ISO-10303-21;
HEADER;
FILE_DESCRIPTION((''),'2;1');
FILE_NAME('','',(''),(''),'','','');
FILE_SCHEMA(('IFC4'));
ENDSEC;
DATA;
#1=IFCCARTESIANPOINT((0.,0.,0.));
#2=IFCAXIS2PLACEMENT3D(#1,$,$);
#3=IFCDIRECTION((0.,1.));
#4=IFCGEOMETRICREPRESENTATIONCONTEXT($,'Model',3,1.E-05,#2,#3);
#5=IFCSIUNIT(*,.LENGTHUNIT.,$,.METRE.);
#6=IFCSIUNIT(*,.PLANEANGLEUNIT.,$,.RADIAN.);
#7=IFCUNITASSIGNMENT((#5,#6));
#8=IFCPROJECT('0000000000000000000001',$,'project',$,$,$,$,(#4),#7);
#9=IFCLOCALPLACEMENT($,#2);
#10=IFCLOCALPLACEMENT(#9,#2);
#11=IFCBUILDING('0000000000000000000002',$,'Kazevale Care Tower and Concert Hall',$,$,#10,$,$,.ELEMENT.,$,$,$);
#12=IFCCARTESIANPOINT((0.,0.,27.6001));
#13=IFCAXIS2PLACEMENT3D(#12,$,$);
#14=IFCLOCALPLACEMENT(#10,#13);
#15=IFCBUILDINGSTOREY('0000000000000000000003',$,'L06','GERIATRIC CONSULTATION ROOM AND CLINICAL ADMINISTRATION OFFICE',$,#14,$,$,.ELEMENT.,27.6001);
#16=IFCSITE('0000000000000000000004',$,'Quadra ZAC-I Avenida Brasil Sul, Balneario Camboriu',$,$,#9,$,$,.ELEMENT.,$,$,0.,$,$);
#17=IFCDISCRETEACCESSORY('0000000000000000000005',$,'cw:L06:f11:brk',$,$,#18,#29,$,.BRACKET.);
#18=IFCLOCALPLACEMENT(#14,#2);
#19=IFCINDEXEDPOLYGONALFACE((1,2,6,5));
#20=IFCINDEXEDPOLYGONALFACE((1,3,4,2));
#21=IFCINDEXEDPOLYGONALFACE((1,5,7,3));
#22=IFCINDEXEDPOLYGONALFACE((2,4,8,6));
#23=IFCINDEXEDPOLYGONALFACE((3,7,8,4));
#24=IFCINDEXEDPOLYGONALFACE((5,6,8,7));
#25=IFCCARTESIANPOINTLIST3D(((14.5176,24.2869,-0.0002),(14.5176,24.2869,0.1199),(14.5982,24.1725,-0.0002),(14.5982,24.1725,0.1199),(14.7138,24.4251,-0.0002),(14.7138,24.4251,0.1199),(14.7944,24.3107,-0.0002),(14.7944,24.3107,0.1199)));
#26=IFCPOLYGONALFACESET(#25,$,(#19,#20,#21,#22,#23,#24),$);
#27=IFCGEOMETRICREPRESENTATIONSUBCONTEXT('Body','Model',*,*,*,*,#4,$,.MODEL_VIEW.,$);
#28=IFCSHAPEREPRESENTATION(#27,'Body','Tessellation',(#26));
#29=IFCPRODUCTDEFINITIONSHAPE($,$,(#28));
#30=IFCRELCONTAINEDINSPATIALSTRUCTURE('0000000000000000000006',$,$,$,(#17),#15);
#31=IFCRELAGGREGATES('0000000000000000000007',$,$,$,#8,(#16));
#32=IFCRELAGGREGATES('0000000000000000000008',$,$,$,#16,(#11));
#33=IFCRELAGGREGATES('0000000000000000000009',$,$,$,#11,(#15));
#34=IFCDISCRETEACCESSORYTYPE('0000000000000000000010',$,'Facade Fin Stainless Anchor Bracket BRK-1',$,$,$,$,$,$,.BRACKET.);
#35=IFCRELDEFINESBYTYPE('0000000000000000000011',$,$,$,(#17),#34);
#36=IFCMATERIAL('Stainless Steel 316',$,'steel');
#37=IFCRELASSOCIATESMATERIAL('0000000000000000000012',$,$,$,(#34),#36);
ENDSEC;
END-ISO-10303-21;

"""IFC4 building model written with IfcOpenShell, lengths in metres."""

from ifc_helpers import new_model, si_unit, direction, frame, origin, origin_2d, place, context, subcontext, project, spatial, rectangle, extrude, material, type_object, element, save


model = new_model("IFC4")

# Units and contexts
model_context = context("Model", 3, precision=1e-05, world=origin(), true_north=direction((0.0, 1.0)))
body_context = subcontext(model_context, "Body", "Model", "MODEL_VIEW")
ifc_project = project(units=[si_unit("LENGTHUNIT", "METRE"), si_unit("PLANEANGLEUNIT", "RADIAN")], contexts=[model_context])

# Site, building, storey
site_placement = place(None, origin())
site = spatial("IfcSite", under=ifc_project, at=site_placement, Name="Quadra ZAC-I Avenida Brasil Sul, Balneario Camboriu", CompositionType="ELEMENT", RefElevation=0.0)
building_placement = place(site_placement, origin())
building = spatial("IfcBuilding", under=site, at=building_placement, Name="Kazevale Care Tower and Concert Hall", CompositionType="ELEMENT")
storey_placement = place(building_placement, frame((0.0, 0.0, 27.6001)))
storey = spatial("IfcBuildingStorey", under=building, at=storey_placement, Name="L06", Description="GERIATRIC CONSULTATION ROOM AND CLINICAL ADMINISTRATION OFFICE", CompositionType="ELEMENT", Elevation=27.6001)

# Discrete accessory
ifc_material_1 = material(Name="Stainless Steel 316", Category="steel")
discrete_accessory_type = type_object("IfcDiscreteAccessoryType", Name="Facade Fin Stainless Anchor Bracket BRK-1", PredefinedType="BRACKET", material=ifc_material_1)
discrete_accessory_placement = place(storey_placement, frame((14.656, 24.2988, -0.0002), z_axis=(0.0, 0.0, 1.0), x_axis=(-0.817547, -0.575862, 0.0)))
element("IfcDiscreteAccessory", 1, at=discrete_accessory_placement, inside=storey, type_object=discrete_accessory_type, Name="cw:L06:f11:brk", PredefinedType="BRACKET", context=body_context, shape_type="SweptSolid", body=[
    extrude(rectangle(XDim=0.24, YDim=0.1399, at=origin_2d()), origin(), (0.0, 0.0, 1.0), 0.1201),
])

save(model, "model.ifc")
